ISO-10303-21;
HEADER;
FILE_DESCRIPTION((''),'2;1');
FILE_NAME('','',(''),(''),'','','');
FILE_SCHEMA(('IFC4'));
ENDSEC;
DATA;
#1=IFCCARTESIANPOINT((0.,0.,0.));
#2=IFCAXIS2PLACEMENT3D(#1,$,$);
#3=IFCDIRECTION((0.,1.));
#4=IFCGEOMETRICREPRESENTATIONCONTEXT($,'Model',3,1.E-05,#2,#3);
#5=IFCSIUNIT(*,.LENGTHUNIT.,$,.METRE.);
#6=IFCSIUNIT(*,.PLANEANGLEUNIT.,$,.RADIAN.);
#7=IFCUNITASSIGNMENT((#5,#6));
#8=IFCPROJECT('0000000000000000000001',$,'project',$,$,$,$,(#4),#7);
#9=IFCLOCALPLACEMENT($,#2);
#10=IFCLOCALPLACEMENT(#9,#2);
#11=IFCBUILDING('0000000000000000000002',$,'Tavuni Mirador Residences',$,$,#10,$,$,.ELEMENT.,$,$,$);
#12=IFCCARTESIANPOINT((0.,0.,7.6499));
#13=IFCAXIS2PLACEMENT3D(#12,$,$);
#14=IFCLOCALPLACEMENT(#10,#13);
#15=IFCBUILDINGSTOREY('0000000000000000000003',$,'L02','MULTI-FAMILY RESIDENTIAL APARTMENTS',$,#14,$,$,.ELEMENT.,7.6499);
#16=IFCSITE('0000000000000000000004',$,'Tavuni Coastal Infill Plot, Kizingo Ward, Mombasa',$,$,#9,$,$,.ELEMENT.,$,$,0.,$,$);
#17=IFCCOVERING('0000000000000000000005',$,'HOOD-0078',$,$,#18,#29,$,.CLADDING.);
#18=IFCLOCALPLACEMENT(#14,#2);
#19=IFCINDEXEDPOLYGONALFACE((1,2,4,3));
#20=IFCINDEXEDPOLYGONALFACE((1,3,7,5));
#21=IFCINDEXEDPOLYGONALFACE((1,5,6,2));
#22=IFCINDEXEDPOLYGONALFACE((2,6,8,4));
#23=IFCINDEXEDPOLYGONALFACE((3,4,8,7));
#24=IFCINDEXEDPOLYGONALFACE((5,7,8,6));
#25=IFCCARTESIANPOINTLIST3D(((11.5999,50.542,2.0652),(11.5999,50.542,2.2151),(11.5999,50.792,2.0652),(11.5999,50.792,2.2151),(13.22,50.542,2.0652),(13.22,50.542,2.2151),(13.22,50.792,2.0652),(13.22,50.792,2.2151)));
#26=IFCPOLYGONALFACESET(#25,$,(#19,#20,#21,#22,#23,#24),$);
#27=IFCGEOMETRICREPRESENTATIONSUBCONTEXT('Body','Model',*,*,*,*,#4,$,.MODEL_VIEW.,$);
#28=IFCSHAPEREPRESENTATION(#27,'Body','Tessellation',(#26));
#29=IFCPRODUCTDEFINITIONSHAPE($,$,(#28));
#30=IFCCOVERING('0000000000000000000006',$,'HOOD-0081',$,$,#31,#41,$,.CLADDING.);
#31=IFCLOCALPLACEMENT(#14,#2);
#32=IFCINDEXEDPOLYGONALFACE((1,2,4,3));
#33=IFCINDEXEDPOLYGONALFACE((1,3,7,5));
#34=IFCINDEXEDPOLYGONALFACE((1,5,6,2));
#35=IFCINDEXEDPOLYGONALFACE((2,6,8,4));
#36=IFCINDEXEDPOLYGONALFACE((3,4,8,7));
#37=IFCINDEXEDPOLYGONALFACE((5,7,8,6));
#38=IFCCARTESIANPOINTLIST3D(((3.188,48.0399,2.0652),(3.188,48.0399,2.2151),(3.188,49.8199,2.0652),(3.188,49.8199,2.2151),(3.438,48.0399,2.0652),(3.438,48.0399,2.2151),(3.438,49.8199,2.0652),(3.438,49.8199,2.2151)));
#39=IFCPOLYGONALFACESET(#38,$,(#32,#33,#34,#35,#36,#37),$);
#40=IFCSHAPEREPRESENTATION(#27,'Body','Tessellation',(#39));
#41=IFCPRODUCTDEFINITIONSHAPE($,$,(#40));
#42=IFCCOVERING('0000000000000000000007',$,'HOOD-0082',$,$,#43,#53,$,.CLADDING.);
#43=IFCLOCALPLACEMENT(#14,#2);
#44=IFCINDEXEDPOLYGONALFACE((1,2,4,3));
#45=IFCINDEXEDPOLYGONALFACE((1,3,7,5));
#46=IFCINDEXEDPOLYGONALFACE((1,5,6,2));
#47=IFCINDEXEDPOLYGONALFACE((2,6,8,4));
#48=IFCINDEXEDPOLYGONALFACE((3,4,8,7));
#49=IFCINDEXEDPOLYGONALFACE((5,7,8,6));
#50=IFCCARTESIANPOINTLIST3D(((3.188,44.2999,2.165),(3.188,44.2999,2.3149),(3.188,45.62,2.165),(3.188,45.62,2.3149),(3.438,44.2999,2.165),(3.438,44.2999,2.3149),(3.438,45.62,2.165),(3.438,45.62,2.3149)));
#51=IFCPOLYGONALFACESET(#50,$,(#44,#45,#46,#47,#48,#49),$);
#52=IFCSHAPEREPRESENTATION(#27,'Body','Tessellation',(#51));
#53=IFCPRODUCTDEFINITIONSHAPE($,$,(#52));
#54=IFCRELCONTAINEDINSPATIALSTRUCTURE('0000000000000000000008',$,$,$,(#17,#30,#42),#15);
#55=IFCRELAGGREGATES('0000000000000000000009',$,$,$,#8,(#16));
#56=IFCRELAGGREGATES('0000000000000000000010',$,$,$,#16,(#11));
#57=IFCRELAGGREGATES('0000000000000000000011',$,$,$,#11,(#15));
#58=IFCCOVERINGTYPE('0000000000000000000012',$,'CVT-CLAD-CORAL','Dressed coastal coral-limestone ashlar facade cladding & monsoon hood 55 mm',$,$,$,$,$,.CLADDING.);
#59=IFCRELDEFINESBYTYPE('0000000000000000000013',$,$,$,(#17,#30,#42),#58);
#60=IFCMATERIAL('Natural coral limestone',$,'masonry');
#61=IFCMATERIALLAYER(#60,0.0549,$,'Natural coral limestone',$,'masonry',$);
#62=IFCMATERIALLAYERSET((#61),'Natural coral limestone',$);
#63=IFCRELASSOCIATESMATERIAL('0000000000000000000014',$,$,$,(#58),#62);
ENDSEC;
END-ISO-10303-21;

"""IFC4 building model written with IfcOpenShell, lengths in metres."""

from ifc_helpers import new_model, si_unit, direction, frame, origin, origin_2d, place, context, subcontext, project, spatial, rectangle, extrude, material, layer, layer_set, type_object, element, save


model = new_model("IFC4")

# Units and contexts
model_context = context("Model", 3, precision=1e-05, world=origin(), true_north=direction((0.0, 1.0)))
body_context = subcontext(model_context, "Body", "Model", "MODEL_VIEW")
ifc_project = project(units=[si_unit("LENGTHUNIT", "METRE"), si_unit("PLANEANGLEUNIT", "RADIAN")], contexts=[model_context])

# Site, building, storey
site_placement = place(None, origin())
site = spatial("IfcSite", under=ifc_project, at=site_placement, Name="Tavuni Coastal Infill Plot, Kizingo Ward, Mombasa", CompositionType="ELEMENT", RefElevation=0.0)
building_placement = place(site_placement, origin())
building = spatial("IfcBuilding", under=site, at=building_placement, Name="Tavuni Mirador Residences", CompositionType="ELEMENT")
storey_placement = place(building_placement, frame((0.0, 0.0, 7.6499)))
storey = spatial("IfcBuildingStorey", under=building, at=storey_placement, Name="L02", Description="MULTI-FAMILY RESIDENTIAL APARTMENTS", CompositionType="ELEMENT", Elevation=7.6499)

# Coverings
ifc_material_1 = material(Name="Natural coral limestone", Category="masonry")
ifc_layer_1 = layer(ifc_material_1, 0.0549, Name="Natural coral limestone", Category="masonry")
ifc_layer_set_1 = layer_set([ifc_layer_1], Name="Natural coral limestone")
covering_type = type_object("IfcCoveringType", Name="CVT-CLAD-CORAL", Description="Dressed coastal coral-limestone ashlar facade cladding & monsoon hood 55 mm", PredefinedType="CLADDING", material=ifc_layer_set_1)
covering_1_placement = place(storey_placement, frame((12.4099, 50.667, 2.0652), z_axis=(0.0, 0.0, 1.0), x_axis=(-1.0, 0.0, 0.0)))
element("IfcCovering", 1, at=covering_1_placement, inside=storey, type_object=covering_type, Name="HOOD-0078", PredefinedType="CLADDING", context=body_context, shape_type="SweptSolid", body=[
    extrude(rectangle(XDim=1.6201, YDim=0.25, at=origin_2d()), origin(), (0.0, 0.0, 1.0), 0.1499),
])
covering_2_placement = place(storey_placement, frame((3.313, 48.9299, 2.0652), z_axis=(0.0, 0.0, 1.0), x_axis=(0.0, -1.0, 0.0)))
element("IfcCovering", 2, at=covering_2_placement, inside=storey, type_object=covering_type, Name="HOOD-0081", PredefinedType="CLADDING", context=body_context, shape_type="SweptSolid", body=[
    extrude(rectangle(XDim=1.78, YDim=0.25, at=origin_2d()), origin(), (0.0, 0.0, 1.0), 0.1499),
])
covering_3_placement = place(storey_placement, frame((3.313, 44.96, 2.165), z_axis=(0.0, 0.0, 1.0), x_axis=(0.0, -1.0, 0.0)))
element("IfcCovering", 3, at=covering_3_placement, inside=storey, type_object=covering_type, Name="HOOD-0082", PredefinedType="CLADDING", context=body_context, shape_type="SweptSolid", body=[
    extrude(rectangle(XDim=1.3201, YDim=0.25, at=origin_2d()), origin(), (0.0, 0.0, 1.0), 0.1499),
])

save(model, "model.ifc")
